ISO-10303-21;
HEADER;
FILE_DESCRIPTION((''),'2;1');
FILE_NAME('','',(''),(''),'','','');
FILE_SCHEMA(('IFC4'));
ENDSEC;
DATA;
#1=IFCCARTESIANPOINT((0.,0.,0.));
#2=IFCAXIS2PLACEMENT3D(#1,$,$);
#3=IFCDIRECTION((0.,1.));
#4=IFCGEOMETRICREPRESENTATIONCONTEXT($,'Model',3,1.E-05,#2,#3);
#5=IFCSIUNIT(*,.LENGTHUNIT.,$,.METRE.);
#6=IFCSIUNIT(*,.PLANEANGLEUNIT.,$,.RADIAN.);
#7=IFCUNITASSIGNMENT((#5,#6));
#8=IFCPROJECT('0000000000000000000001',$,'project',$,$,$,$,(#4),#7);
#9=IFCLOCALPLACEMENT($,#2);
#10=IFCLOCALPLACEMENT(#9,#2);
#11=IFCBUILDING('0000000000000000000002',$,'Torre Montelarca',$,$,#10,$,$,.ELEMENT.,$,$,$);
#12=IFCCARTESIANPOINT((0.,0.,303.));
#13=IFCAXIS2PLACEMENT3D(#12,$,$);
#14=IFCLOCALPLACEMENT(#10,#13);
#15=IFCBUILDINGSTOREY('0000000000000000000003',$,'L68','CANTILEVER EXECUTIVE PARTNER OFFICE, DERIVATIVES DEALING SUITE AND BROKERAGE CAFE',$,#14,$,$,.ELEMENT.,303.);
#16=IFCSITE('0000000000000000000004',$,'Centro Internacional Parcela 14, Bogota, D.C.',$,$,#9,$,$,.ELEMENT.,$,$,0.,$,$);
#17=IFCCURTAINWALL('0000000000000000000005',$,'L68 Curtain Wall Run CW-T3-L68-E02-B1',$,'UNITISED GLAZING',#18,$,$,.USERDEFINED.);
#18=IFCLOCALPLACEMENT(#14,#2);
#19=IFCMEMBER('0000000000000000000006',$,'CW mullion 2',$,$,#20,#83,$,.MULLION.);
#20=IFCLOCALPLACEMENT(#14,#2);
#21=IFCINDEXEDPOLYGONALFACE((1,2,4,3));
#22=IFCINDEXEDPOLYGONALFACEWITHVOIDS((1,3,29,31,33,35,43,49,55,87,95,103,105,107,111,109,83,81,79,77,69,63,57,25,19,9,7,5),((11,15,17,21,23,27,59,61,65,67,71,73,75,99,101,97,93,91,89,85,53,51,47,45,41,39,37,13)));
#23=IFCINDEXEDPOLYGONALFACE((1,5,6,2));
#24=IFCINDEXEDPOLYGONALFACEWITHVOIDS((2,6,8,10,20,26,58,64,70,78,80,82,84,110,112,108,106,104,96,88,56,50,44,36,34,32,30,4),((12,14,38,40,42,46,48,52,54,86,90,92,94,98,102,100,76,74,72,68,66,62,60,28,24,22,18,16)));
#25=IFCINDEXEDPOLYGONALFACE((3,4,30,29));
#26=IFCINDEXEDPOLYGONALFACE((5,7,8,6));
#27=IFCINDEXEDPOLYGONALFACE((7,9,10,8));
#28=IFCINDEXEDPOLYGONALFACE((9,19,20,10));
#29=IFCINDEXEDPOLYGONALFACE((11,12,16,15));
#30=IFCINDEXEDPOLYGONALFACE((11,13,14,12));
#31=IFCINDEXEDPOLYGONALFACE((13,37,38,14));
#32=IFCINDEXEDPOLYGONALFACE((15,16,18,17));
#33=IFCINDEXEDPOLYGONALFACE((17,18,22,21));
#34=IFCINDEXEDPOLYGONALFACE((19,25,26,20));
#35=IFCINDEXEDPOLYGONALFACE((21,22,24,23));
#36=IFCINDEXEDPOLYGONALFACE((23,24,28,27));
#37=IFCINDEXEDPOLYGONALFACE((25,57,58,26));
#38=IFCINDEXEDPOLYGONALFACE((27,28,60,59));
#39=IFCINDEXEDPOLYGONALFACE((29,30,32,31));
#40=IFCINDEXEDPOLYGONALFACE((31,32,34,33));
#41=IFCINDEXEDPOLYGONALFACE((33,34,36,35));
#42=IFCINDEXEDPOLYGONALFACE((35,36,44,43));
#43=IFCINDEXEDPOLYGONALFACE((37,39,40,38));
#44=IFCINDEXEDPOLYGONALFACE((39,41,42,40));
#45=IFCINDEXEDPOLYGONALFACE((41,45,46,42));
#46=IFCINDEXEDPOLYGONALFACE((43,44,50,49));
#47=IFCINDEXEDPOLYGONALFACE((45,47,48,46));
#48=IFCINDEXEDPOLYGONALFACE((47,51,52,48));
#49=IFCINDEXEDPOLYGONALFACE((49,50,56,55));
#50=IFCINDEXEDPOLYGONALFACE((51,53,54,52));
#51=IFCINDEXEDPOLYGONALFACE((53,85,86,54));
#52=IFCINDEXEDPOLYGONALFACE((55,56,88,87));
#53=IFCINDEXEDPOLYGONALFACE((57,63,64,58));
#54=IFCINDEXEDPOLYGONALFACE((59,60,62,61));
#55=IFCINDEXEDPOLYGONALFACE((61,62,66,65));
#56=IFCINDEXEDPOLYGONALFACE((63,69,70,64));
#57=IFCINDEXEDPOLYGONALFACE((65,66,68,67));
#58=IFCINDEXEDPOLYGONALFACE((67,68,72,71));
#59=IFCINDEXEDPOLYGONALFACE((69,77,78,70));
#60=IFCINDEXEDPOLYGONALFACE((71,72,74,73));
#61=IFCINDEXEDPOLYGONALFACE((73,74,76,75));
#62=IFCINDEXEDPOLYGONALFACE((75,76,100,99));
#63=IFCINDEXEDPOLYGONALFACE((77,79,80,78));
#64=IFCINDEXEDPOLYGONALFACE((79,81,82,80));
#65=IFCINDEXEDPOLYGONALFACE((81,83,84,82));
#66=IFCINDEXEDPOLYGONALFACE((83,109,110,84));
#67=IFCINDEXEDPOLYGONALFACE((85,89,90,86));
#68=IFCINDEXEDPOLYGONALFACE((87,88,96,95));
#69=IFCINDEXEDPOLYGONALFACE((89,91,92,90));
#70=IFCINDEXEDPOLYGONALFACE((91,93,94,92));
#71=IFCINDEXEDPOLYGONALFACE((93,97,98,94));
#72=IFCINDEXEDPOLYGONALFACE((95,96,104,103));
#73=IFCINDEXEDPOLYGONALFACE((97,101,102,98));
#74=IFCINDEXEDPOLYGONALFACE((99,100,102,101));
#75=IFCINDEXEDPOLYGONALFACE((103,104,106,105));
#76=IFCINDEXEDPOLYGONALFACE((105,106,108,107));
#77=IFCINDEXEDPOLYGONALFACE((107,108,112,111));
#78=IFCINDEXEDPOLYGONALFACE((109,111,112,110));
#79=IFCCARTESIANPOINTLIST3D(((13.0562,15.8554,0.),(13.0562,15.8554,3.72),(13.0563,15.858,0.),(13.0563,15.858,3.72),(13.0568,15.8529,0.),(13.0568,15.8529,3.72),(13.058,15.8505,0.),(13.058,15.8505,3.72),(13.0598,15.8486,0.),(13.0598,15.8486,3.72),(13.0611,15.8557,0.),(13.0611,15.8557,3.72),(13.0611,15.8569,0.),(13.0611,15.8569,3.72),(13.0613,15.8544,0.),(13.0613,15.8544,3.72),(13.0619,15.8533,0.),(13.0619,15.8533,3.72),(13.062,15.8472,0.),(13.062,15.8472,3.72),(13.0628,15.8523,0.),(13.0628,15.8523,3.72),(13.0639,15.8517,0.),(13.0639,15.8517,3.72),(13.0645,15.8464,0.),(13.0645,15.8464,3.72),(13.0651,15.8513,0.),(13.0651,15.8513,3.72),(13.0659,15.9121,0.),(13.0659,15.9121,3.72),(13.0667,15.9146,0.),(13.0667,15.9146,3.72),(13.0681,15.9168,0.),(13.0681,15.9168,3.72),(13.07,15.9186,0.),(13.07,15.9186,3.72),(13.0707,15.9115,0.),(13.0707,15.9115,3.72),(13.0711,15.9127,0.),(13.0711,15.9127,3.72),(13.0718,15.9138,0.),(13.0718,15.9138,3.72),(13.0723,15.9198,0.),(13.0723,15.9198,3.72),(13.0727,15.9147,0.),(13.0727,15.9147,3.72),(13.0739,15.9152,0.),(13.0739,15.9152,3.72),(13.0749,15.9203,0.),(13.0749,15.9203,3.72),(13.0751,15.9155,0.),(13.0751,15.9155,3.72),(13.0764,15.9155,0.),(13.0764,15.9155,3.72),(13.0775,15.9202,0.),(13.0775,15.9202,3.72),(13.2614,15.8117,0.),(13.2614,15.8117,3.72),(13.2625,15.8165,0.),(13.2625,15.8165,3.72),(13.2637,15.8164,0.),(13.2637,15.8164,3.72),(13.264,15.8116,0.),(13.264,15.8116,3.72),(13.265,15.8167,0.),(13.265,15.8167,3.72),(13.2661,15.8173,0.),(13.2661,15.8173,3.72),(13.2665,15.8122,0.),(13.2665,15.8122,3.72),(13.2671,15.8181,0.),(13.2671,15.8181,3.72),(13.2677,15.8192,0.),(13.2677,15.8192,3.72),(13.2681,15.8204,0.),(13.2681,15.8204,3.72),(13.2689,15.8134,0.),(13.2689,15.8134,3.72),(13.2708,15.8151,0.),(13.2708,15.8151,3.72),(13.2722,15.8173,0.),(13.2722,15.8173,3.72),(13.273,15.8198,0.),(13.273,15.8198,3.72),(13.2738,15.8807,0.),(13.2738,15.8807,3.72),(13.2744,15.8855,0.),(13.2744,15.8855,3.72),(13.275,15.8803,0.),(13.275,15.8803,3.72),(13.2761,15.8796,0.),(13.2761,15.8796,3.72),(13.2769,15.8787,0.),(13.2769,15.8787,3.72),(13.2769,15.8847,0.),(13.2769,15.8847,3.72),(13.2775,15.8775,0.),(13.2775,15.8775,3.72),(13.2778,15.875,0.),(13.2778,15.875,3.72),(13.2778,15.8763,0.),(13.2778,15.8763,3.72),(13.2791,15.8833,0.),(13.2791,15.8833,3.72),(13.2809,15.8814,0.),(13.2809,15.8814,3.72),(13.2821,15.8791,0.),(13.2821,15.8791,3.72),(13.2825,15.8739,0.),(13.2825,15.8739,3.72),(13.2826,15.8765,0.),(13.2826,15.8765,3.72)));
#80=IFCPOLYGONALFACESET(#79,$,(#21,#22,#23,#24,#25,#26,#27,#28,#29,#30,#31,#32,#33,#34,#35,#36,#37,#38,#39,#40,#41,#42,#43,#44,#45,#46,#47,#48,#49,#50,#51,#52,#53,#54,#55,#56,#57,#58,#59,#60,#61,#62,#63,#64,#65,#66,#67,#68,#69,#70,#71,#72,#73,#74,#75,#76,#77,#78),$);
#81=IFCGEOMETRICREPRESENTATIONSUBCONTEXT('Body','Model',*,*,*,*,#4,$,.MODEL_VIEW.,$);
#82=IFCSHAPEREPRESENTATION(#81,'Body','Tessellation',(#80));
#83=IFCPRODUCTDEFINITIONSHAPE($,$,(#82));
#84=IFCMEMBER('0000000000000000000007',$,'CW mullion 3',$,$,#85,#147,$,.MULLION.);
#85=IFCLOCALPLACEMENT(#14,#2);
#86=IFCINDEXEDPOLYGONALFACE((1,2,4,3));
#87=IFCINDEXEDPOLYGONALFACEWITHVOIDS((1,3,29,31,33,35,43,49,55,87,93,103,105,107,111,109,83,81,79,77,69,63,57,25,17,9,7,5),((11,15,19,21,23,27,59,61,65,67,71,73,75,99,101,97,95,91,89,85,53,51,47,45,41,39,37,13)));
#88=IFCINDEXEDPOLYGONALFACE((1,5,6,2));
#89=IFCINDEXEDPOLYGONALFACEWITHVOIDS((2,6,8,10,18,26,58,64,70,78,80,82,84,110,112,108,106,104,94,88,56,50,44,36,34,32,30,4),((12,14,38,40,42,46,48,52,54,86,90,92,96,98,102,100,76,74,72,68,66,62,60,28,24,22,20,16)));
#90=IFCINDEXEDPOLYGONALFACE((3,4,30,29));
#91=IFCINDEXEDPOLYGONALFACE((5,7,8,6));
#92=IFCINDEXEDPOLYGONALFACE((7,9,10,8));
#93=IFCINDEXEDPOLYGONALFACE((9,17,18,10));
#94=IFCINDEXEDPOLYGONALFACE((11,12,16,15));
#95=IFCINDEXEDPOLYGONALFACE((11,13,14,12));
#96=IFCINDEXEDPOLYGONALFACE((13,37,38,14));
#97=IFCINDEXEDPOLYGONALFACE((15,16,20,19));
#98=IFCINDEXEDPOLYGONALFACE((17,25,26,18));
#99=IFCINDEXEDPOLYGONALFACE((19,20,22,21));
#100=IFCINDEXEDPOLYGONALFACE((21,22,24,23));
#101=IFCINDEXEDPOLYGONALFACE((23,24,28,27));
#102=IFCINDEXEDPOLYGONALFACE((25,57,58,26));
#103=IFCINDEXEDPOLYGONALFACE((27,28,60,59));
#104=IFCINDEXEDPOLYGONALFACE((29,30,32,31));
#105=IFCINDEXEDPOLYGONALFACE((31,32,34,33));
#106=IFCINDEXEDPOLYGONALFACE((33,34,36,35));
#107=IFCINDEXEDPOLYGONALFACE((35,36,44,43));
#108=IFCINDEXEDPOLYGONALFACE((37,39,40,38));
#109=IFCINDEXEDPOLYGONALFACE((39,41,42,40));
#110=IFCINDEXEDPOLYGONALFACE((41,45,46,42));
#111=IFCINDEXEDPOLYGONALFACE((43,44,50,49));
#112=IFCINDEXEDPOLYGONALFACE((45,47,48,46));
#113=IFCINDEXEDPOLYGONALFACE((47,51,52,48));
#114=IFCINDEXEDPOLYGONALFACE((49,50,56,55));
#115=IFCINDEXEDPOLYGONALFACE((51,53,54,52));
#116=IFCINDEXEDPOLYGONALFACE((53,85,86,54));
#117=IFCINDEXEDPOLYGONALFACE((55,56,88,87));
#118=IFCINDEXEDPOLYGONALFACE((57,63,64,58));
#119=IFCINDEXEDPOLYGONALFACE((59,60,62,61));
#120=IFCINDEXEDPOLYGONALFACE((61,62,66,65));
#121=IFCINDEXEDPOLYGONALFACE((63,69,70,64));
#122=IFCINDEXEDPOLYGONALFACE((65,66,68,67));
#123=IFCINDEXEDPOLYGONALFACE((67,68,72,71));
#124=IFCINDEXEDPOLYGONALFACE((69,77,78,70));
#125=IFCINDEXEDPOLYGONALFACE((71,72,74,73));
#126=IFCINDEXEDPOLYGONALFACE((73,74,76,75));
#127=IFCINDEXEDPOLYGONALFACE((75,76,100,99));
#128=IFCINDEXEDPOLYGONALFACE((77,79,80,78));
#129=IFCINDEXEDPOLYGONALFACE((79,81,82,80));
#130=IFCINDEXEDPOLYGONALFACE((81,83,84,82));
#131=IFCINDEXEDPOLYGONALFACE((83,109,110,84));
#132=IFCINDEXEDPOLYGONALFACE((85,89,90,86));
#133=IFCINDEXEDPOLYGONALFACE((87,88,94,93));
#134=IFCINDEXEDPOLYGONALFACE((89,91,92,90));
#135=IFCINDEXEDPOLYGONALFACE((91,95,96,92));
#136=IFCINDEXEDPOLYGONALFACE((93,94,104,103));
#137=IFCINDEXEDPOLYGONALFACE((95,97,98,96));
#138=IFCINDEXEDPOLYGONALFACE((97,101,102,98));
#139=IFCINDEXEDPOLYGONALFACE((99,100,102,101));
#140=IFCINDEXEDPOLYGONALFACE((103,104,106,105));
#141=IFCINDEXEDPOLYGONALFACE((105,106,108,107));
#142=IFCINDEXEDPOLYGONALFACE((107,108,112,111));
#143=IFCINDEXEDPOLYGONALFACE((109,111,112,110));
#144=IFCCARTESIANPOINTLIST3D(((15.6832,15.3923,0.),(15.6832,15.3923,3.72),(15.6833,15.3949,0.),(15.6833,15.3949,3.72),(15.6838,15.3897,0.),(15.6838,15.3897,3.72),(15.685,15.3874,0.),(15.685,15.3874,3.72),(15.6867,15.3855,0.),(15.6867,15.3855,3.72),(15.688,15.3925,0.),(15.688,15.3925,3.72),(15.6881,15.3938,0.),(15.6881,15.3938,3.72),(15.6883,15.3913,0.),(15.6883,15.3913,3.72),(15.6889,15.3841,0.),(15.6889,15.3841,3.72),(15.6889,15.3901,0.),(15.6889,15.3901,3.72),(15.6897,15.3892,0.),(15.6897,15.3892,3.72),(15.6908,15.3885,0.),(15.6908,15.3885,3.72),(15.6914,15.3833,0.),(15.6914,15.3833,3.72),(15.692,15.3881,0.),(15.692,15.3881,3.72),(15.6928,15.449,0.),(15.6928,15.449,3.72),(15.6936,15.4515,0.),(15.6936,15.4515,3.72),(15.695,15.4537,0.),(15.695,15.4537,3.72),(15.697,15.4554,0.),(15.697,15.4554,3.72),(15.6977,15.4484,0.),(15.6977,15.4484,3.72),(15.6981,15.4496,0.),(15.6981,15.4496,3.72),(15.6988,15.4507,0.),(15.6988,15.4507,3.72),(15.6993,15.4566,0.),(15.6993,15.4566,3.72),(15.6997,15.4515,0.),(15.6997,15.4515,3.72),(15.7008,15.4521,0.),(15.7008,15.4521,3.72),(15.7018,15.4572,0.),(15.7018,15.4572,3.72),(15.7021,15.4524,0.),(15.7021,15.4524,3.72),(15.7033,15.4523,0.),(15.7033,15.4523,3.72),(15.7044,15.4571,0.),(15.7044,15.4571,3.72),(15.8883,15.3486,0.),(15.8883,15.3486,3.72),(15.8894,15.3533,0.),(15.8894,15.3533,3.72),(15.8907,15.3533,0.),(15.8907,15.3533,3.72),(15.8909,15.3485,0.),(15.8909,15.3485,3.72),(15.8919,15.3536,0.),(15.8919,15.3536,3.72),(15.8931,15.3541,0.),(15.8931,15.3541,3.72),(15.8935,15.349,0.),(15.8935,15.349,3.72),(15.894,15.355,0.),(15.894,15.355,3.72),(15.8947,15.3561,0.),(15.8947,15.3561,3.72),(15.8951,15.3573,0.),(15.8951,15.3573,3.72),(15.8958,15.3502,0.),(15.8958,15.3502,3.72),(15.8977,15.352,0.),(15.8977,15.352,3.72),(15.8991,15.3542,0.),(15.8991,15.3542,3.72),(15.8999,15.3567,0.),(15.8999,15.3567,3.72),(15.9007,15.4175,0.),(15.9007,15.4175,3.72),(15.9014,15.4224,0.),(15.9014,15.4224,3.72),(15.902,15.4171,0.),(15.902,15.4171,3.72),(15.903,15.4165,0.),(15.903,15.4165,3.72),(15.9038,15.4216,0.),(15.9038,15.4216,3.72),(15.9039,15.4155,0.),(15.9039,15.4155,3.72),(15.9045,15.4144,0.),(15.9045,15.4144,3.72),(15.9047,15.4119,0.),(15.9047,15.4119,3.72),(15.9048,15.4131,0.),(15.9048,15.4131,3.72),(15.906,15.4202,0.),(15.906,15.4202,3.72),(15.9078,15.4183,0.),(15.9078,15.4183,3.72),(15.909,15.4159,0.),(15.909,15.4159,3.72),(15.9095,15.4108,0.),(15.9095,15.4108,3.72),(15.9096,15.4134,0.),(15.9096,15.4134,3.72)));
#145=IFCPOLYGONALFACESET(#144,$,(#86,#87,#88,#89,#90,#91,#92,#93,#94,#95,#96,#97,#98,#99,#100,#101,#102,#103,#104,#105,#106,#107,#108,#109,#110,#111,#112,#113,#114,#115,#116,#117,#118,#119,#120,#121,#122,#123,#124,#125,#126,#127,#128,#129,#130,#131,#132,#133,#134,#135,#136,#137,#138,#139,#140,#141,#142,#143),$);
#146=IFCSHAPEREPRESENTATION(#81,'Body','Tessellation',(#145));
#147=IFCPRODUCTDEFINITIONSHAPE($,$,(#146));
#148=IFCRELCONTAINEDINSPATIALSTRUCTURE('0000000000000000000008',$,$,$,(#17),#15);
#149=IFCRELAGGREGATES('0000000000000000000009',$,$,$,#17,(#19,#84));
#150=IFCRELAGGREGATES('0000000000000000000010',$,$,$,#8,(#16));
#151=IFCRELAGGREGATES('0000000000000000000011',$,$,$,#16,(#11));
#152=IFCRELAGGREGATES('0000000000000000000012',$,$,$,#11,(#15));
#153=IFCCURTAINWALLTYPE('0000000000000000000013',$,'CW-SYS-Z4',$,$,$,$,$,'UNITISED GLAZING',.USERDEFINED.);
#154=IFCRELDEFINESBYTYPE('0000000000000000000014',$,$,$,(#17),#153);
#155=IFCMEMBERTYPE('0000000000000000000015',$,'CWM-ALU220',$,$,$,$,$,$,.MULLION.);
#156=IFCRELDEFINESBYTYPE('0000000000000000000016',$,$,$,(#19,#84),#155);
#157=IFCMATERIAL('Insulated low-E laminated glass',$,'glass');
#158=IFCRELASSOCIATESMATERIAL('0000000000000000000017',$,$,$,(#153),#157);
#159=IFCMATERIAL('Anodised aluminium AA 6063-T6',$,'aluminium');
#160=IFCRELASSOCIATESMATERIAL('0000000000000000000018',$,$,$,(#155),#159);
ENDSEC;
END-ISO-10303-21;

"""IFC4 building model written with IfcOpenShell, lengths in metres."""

from ifc_helpers import new_model, si_unit, direction, frame, origin, origin_2d, place, context, subcontext, project, spatial, hollow_rectangle, extrude, source, transform, mapped, material, material_profile, profile_set, type_object, element, aggregate, save


model = new_model("IFC4")

# Units and contexts
model_context = context("Model", 3, precision=1e-05, world=origin(), true_north=direction((0.0, 1.0)))
body_context = subcontext(model_context, "Body", "Model", "MODEL_VIEW")
ifc_project = project(units=[si_unit("LENGTHUNIT", "METRE"), si_unit("PLANEANGLEUNIT", "RADIAN")], contexts=[model_context])

# Site, building, storey
site_placement = place(None, origin())
site = spatial("IfcSite", under=ifc_project, at=site_placement, Name="Centro Internacional Parcela 14, Bogota, D.C.", CompositionType="ELEMENT", RefElevation=0.0)
building_placement = place(site_placement, origin())
building = spatial("IfcBuilding", under=site, at=building_placement, Name="Torre Montelarca", CompositionType="ELEMENT")
storey_placement = place(building_placement, frame((0.0, 0.0, 303.0)))
storey = spatial("IfcBuildingStorey", under=building, at=storey_placement, Name="L68", Description="CANTILEVER EXECUTIVE PARTNER OFFICE, DERIVATIVES DEALING SUITE AND BROKERAGE CAFE", CompositionType="ELEMENT", Elevation=303.0)

# Curtain wall
ifc_material_1 = material(Name="Insulated low-E laminated glass", Category="glass")
curtain_wall_type = type_object("IfcCurtainWallType", Name="CW-SYS-Z4", ElementType="UNITISED GLAZING", PredefinedType="USERDEFINED", material=ifc_material_1)
curtain_wall_1_placement = place(storey_placement, origin())
curtain_wall_1 = element("IfcCurtainWall", 1, at=curtain_wall_1_placement, inside=storey, type_object=curtain_wall_type, Name="L68 Curtain Wall Run CW-T3-L68-E02-B1", ObjectType="UNITISED GLAZING", PredefinedType="USERDEFINED")
ifc_material_2 = material(Name="Anodised aluminium AA 6063-T6", Category="aluminium")

# Shared definitions
ifc_material_profile_1 = material_profile(ifc_material_2, hollow_rectangle(XDim=0.075, YDim=0.22, WallThickness=0.0049, InnerFilletRadius=0.0049, OuterFilletRadius=0.01, at=origin_2d()), Name="ALU75X220X5", Category="aluminium")
ifc_profile_set_1 = profile_set([ifc_material_profile_1], Name="Anodised aluminium AA 6063-T6")
member_type_1 = type_object("IfcMemberType", Name="CWM-ALU220", PredefinedType="MULLION", material=ifc_profile_set_1)
shared_shape_1 = source(origin(), body_context, "Body", "SweptSolid", [
    extrude(hollow_rectangle(XDim=0.075, YDim=0.22, WallThickness=0.0049, InnerFilletRadius=0.0049, OuterFilletRadius=0.01, at=origin_2d()), origin(), (0.0, 0.0, 1.0), 3.72),
])

# Members
member_1_placement = place(storey_placement, frame((13.1694, 15.866, 0.0), z_axis=(0.0, 0.0, 1.0), x_axis=(0.173642, 0.984809, 0.0)))
member_1 = element("IfcMember", 2, at=member_1_placement, type_object=member_type_1, Name="CW mullion 2", PredefinedType="MULLION", context=body_context, shape_type="MappedRepresentation", body=[
    mapped(shared_shape_1, transform((0.0, 0.0, 0.0), scale=1.0)),
])
member_2_placement = place(storey_placement, frame((15.7964, 15.4028, 0.0), z_axis=(0.0, 0.0, 1.0), x_axis=(0.173642, 0.984809, 0.0)))
member_2 = element("IfcMember", 3, at=member_2_placement, type_object=member_type_1, Name="CW mullion 3", PredefinedType="MULLION", context=body_context, shape_type="MappedRepresentation", body=[
    mapped(shared_shape_1, transform((0.0, 0.0, 0.0), scale=1.0)),
])

aggregate(curtain_wall_1, [member_1, member_2])

save(model, "model.ifc")
